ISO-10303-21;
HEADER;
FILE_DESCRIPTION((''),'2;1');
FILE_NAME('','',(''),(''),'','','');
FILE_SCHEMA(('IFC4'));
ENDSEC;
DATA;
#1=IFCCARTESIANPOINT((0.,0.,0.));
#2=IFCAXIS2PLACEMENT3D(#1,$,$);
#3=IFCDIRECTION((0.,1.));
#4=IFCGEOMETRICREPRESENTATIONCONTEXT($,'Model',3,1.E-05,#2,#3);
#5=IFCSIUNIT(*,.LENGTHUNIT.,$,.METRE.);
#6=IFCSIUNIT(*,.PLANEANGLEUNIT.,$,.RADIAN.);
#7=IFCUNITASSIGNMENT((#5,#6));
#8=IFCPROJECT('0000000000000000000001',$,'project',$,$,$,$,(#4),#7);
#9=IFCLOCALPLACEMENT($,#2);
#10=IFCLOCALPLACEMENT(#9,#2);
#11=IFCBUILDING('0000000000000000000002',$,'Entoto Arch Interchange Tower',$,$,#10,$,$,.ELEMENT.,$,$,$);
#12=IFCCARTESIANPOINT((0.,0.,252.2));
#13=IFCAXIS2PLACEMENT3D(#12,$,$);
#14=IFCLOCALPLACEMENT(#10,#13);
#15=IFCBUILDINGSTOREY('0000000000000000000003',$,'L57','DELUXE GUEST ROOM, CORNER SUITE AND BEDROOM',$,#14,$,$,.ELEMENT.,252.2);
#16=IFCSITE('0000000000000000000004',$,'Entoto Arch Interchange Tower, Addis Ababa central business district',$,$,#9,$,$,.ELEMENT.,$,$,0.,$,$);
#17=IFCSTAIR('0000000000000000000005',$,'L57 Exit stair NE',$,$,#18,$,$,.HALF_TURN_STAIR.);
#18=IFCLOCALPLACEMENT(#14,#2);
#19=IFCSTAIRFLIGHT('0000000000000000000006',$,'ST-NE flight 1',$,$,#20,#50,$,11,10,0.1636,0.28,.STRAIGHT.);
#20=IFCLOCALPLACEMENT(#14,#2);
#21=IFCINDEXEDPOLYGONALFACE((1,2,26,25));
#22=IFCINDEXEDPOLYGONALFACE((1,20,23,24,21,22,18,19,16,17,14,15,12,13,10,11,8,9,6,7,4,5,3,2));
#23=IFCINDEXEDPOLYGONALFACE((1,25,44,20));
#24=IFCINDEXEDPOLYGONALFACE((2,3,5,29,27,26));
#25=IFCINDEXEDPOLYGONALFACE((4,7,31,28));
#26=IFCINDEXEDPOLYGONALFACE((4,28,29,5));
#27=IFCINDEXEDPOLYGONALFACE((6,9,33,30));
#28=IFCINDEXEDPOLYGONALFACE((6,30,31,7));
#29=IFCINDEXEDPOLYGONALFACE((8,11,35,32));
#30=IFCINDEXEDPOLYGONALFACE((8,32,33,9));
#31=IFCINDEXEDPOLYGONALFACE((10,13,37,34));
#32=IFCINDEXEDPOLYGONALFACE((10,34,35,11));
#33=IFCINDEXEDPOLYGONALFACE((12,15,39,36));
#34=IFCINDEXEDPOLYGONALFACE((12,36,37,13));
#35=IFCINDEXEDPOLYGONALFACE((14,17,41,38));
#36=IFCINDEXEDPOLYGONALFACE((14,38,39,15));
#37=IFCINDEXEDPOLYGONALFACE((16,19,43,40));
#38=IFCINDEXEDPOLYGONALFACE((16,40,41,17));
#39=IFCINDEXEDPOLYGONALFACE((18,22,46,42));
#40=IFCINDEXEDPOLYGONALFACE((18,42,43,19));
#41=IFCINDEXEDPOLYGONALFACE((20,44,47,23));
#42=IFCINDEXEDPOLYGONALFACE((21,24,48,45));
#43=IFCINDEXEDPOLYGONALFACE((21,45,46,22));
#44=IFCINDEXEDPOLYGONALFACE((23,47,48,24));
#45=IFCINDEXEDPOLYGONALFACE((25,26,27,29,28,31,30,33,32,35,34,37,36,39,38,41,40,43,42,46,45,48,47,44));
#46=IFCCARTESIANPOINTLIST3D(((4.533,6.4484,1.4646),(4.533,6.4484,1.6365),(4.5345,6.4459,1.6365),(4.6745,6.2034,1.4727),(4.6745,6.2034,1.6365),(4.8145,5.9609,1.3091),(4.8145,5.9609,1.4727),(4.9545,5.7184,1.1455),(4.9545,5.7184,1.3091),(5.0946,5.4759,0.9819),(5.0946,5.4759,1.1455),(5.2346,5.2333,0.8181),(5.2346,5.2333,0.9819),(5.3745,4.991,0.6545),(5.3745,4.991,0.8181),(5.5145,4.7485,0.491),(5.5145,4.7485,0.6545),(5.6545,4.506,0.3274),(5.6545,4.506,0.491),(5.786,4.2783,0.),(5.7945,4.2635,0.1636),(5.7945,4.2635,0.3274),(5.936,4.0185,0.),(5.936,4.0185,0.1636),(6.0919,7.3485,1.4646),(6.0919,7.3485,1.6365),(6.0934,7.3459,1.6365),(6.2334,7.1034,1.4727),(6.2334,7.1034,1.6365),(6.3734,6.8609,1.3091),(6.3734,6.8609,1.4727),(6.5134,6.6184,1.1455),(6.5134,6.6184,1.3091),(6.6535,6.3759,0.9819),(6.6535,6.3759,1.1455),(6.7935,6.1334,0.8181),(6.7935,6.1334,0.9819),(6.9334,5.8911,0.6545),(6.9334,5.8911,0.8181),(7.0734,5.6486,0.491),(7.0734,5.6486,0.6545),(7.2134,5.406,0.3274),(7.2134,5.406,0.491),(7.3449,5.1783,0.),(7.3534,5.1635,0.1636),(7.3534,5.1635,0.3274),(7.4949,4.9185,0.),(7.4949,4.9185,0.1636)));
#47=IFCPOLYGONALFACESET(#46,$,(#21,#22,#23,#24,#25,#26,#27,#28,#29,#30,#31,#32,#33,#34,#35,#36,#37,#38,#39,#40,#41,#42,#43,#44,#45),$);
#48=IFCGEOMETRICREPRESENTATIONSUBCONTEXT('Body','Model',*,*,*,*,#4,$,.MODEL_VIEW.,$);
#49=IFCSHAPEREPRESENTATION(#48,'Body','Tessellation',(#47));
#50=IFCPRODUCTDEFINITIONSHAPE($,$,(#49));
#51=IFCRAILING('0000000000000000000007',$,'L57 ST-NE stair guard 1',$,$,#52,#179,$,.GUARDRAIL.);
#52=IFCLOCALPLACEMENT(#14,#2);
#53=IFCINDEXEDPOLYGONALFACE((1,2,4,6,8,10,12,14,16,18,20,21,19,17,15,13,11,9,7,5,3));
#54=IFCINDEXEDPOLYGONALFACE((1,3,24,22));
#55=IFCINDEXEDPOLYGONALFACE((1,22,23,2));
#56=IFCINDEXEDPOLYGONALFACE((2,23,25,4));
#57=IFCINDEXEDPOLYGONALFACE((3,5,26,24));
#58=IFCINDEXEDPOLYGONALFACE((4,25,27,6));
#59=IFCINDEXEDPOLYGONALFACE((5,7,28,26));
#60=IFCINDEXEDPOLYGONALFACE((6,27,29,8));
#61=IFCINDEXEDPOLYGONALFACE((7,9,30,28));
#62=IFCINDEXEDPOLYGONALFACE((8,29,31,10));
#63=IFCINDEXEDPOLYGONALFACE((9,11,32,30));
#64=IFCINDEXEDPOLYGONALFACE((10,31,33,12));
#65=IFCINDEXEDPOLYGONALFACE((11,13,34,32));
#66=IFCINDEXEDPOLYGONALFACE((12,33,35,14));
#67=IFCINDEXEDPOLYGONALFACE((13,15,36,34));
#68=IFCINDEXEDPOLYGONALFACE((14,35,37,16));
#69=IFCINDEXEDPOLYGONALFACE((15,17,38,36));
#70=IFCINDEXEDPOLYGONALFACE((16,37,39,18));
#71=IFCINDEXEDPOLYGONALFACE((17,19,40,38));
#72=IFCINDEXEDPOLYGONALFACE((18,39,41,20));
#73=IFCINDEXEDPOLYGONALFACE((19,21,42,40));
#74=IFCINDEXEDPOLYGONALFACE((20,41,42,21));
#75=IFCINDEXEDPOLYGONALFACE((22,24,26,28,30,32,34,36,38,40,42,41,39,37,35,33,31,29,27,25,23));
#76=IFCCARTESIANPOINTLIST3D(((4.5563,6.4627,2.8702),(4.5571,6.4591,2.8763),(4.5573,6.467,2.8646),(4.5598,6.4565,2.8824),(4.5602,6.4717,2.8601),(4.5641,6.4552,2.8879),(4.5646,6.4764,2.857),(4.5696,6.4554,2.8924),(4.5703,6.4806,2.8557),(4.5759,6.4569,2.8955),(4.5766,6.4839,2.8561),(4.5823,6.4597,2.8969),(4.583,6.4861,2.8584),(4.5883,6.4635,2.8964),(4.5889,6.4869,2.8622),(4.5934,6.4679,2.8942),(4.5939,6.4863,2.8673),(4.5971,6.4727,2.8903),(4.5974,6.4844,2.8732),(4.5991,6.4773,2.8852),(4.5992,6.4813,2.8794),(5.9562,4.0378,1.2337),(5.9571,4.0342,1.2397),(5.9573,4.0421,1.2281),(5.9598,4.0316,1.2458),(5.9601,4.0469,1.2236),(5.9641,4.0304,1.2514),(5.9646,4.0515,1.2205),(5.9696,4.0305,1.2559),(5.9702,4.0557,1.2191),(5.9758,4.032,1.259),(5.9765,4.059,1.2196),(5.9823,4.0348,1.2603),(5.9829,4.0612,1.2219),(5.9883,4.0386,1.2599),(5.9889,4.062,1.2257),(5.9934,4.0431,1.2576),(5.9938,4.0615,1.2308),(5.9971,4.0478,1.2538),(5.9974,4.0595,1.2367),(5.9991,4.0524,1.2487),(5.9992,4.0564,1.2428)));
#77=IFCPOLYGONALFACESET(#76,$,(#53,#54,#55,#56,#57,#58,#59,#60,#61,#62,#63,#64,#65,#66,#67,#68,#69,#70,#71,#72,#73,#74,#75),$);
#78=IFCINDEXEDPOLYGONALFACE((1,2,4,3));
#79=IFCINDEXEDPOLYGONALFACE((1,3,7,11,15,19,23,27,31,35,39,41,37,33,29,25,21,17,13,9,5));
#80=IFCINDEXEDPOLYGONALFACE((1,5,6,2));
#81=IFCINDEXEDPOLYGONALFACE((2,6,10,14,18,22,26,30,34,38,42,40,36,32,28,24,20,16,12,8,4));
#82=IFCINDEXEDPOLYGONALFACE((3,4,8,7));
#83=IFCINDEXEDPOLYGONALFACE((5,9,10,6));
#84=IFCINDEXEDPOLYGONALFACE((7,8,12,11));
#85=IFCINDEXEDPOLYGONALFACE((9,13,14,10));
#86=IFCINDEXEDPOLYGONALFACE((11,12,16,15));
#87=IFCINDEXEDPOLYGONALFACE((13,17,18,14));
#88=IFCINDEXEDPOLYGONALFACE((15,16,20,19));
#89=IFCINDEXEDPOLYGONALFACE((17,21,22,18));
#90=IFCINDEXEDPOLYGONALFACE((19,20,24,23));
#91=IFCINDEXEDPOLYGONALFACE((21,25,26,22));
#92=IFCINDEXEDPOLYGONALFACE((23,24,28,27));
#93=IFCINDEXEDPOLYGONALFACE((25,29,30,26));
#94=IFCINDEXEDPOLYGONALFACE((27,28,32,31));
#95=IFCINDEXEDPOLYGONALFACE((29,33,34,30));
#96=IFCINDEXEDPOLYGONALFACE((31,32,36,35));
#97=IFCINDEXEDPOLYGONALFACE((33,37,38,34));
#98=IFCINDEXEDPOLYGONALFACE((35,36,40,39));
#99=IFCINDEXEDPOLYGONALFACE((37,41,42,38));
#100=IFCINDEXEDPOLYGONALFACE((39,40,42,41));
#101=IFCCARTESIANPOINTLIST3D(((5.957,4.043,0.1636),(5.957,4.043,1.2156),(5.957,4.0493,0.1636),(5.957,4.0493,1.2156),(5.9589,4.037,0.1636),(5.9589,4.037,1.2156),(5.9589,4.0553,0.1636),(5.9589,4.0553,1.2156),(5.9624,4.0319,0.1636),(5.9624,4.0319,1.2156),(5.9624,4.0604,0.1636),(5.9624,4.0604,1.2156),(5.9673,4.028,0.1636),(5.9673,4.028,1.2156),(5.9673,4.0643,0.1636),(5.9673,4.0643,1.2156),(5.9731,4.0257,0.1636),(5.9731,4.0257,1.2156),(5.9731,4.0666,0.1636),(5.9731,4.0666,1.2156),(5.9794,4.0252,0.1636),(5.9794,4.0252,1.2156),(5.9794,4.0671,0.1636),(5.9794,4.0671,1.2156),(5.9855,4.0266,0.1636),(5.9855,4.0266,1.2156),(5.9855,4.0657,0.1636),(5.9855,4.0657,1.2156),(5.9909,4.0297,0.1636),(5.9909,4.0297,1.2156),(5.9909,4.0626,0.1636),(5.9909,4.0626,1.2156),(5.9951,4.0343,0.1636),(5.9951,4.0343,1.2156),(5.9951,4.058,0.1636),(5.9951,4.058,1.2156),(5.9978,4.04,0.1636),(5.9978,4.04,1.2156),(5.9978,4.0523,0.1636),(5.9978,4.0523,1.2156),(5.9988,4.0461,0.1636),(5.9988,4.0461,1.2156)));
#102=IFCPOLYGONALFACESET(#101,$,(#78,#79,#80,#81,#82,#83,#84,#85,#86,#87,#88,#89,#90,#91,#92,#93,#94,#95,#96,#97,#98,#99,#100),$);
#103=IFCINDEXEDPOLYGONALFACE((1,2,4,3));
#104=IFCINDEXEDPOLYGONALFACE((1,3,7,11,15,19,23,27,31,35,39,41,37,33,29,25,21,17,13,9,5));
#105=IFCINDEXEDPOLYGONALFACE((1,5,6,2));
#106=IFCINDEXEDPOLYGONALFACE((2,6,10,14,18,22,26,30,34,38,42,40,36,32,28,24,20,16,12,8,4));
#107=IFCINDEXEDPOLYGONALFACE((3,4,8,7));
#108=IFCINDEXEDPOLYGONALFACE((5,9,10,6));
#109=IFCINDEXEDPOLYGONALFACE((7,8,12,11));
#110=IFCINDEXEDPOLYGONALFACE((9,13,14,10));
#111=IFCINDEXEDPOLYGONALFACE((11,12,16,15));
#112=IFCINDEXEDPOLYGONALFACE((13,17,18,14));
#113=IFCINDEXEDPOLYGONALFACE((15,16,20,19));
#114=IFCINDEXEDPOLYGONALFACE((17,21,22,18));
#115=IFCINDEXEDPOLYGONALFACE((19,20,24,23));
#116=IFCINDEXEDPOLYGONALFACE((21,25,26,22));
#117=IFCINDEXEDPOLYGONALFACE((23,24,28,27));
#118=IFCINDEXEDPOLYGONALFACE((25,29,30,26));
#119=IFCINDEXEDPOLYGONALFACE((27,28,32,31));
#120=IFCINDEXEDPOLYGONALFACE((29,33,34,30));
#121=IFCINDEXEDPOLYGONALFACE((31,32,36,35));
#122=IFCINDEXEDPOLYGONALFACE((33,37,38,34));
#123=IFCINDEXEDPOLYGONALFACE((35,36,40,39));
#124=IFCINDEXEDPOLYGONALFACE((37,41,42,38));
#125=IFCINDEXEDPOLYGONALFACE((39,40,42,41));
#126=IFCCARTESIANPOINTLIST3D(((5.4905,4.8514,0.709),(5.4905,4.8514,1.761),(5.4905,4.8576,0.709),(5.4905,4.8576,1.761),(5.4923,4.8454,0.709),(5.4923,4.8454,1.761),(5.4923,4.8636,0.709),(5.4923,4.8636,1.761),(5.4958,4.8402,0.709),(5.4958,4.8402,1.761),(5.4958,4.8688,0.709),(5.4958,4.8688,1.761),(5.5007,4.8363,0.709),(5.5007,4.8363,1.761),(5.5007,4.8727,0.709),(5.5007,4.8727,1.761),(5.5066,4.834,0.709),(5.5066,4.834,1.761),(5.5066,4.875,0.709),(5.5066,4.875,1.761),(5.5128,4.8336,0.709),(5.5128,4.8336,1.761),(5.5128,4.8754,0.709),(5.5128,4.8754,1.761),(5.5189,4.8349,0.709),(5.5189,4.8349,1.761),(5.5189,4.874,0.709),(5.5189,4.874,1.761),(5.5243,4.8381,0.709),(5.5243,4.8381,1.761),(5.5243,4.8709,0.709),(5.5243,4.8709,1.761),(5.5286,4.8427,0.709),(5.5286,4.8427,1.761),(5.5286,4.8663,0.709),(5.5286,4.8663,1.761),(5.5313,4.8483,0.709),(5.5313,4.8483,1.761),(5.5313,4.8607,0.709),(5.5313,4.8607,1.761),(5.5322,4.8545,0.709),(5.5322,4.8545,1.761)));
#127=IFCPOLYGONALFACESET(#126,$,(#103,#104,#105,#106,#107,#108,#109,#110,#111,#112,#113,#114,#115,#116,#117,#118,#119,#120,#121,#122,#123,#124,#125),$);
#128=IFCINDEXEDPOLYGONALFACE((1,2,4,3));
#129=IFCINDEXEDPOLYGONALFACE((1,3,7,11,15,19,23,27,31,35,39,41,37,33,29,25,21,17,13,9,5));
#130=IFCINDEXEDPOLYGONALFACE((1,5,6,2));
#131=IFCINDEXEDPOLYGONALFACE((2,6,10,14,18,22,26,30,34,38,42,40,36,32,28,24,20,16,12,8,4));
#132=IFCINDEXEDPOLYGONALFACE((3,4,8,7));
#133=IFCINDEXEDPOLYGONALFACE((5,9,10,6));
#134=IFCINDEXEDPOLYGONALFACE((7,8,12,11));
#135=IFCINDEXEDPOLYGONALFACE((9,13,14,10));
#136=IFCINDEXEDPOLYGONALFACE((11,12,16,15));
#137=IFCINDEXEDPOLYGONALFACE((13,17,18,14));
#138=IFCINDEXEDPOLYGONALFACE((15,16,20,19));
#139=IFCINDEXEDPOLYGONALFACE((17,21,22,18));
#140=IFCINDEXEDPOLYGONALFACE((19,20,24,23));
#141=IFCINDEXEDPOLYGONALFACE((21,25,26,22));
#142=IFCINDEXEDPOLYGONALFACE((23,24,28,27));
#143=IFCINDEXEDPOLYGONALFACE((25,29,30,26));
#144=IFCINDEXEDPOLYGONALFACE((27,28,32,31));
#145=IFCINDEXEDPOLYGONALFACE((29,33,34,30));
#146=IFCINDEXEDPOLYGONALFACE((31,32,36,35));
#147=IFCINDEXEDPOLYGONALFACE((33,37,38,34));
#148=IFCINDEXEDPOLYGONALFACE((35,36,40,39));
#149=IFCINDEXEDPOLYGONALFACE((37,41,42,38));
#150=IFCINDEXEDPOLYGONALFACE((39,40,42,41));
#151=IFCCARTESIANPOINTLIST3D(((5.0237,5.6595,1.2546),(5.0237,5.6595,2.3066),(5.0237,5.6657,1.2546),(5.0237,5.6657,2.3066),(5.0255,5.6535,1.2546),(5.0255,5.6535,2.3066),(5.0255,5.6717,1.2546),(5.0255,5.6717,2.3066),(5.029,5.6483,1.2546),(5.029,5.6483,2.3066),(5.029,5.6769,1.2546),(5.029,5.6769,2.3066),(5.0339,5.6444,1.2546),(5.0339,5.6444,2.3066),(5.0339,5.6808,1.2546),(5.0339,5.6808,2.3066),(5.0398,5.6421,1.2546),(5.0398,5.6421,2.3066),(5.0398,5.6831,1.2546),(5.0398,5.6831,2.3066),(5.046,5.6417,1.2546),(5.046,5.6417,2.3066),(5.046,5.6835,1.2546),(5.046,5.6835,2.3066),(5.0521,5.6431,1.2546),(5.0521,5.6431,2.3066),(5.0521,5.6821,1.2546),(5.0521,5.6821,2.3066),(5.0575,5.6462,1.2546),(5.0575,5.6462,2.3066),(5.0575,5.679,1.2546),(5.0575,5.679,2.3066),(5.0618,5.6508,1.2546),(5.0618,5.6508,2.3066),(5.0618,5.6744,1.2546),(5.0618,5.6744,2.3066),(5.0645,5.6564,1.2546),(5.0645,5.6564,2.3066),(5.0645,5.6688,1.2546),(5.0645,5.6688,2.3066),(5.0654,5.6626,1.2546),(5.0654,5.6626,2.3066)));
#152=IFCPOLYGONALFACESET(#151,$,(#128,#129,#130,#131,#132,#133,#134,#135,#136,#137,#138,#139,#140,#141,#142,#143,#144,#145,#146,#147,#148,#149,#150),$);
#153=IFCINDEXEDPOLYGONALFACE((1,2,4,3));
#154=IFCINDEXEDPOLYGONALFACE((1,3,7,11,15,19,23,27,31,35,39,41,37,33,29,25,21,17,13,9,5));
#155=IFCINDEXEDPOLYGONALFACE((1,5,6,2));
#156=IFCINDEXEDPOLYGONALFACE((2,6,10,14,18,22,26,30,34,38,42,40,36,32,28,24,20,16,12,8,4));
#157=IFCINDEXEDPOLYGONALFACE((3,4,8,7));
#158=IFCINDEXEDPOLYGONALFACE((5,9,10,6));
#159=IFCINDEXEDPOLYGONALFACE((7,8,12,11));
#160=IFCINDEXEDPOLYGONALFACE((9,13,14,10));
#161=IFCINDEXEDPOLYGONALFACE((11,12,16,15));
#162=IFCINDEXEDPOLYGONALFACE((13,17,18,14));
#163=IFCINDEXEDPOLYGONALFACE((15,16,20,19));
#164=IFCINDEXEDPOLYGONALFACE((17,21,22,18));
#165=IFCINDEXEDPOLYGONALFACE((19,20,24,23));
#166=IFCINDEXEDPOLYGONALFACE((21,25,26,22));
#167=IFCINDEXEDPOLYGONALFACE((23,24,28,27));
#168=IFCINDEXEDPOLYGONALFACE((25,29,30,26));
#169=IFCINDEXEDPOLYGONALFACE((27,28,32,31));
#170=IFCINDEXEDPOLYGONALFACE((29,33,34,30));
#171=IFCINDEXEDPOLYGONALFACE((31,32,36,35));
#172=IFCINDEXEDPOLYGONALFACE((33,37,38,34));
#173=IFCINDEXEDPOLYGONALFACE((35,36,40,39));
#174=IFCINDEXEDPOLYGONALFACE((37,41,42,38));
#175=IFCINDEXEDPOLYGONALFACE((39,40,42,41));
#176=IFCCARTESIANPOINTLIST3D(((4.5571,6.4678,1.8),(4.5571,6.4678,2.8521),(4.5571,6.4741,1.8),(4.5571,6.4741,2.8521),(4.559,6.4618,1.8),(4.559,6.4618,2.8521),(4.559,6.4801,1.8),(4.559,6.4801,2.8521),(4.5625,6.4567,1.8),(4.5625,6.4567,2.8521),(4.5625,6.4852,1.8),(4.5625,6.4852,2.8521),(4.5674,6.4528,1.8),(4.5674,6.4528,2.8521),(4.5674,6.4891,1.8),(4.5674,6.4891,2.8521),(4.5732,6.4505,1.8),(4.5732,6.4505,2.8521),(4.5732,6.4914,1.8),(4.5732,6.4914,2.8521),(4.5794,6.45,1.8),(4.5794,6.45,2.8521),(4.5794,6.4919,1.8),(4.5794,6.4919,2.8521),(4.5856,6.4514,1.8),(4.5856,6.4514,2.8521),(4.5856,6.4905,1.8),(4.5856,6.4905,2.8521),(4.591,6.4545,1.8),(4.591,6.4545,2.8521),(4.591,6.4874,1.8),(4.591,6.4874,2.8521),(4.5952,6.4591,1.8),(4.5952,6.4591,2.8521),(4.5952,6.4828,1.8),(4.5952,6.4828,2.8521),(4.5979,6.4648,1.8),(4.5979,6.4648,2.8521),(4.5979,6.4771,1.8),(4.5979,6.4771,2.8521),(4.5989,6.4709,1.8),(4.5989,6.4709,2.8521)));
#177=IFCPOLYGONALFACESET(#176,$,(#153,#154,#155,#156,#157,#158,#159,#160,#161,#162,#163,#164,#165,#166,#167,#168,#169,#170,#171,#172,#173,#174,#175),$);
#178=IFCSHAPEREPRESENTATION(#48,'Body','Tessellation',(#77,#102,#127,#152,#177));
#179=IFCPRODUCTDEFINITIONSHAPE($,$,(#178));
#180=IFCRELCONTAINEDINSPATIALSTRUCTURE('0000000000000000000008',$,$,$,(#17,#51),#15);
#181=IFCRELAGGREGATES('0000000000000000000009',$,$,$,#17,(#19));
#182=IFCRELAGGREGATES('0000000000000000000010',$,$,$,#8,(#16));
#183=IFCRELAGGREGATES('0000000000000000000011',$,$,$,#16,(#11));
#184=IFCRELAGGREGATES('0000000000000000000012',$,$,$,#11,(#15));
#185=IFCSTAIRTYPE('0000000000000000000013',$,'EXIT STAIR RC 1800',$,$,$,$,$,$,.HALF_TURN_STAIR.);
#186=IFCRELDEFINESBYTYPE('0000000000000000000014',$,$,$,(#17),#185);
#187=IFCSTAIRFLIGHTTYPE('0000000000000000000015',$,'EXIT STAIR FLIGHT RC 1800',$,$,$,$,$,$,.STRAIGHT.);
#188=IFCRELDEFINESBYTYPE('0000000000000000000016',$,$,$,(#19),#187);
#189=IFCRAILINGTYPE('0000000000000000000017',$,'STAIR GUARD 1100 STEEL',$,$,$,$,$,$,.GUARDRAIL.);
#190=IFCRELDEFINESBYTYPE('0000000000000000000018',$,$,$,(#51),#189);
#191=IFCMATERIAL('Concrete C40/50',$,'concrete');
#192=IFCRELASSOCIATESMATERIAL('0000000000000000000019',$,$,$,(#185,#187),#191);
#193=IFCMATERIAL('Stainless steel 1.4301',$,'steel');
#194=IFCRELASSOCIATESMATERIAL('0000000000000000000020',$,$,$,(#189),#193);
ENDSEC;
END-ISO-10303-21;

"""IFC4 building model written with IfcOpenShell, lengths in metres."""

from ifc_helpers import new_model, si_unit, direction, frame, origin, origin_2d, place, context, subcontext, project, spatial, polyline, circle, outline, extrude, material, type_object, element, aggregate, save


model = new_model("IFC4")

# Units and contexts
model_context = context("Model", 3, precision=1e-05, world=origin(), true_north=direction((0.0, 1.0)))
body_context = subcontext(model_context, "Body", "Model", "MODEL_VIEW")
ifc_project = project(units=[si_unit("LENGTHUNIT", "METRE"), si_unit("PLANEANGLEUNIT", "RADIAN")], contexts=[model_context])

# Site, building, storey
site_placement = place(None, origin())
site = spatial("IfcSite", under=ifc_project, at=site_placement, Name="Entoto Arch Interchange Tower, Addis Ababa central business district", CompositionType="ELEMENT", RefElevation=0.0)
building_placement = place(site_placement, origin())
building = spatial("IfcBuilding", under=site, at=building_placement, Name="Entoto Arch Interchange Tower", CompositionType="ELEMENT")
storey_placement = place(building_placement, frame((0.0, 0.0, 252.2)))
storey = spatial("IfcBuildingStorey", under=building, at=storey_placement, Name="L57", Description="DELUXE GUEST ROOM, CORNER SUITE AND BEDROOM", CompositionType="ELEMENT", Elevation=252.2)

# Shared definitions
ifc_material_1 = material(Name="Concrete C40/50", Category="concrete")

# Stair, stair flight
stair_type = type_object("IfcStairType", Name="EXIT STAIR RC 1800", PredefinedType="HALF_TURN_STAIR", material=ifc_material_1)
stair_placement = place(storey_placement, origin())
stair = element("IfcStair", 1, at=stair_placement, inside=storey, type_object=stair_type, Name="L57 Exit stair NE", PredefinedType="HALF_TURN_STAIR")
stair_flight_type = type_object("IfcStairFlightType", Name="EXIT STAIR FLIGHT RC 1800", PredefinedType="STRAIGHT", material=ifc_material_1)
stair_flight_placement = place(storey_placement, frame((6.7139, 4.4709, 0.0), z_axis=(0.0, 0.0, 1.0), x_axis=(-0.5, 0.866025, 0.0)))
stair_flight = element("IfcStairFlight", 2, at=stair_flight_placement, type_object=stair_flight_type, Name="ST-NE flight 1", NumberOfRisers=11, NumberOfTreads=10, PredefinedType="STRAIGHT", RiserHeight=0.1636, TreadLength=0.28, context=body_context, shape_type="SweptSolid", body=[
    extrude(outline(polyline([(-0.0029, 0.0), (-0.0029, 0.1636), (0.28, 0.1636), (0.28, 0.3274), (0.5601, 0.3274), (0.5601, 0.491), (0.8401, 0.491), (0.8401, 0.6545), (1.1201, 0.6545), (1.1201, 0.8181), (1.3999, 0.8181), (1.3999, 0.9819), (1.6799, 0.9819), (1.6799, 1.1455), (1.96, 1.1455), (1.96, 1.3091), (2.24, 1.3091), (2.24, 1.4727), (2.52, 1.4727), (2.52, 1.6365), (2.8, 1.6365), (2.803, 1.6365), (2.803, 1.4646), (0.2971, 0.0), (-0.0029, 0.0)])), frame((0.0, 0.8999, 0.0), z_axis=(0.0, -1.0, 0.0), x_axis=(1.0, 0.0, 0.0)), (0.0, 0.0, 1.0), 1.8),
])
aggregate(stair, [stair_flight])

# Railing
ifc_material_2 = material(Name="Stainless steel 1.4301", Category="steel")
railing_type_1 = type_object("IfcRailingType", Name="STAIR GUARD 1100 STEEL", PredefinedType="GUARDRAIL", material=ifc_material_2)
railing_1_placement = place(storey_placement, frame((5.9778, 4.0461, 0.1636)))
element("IfcRailing", 3, at=railing_1_placement, inside=storey, type_object=railing_type_1, Name="L57 ST-NE stair guard 1", PredefinedType="GUARDRAIL", context=body_context, shape_type="SweptSolid", body=[
    extrude(circle(Radius=0.0239, at=origin_2d()), frame((0.0, 0.0, 1.0762), z_axis=(-0.431661, 0.74769, 0.504608), x_axis=(-0.866035, -0.499984, 0.0)), (0.0, 0.0, 1.0), 3.2432),
    extrude(circle(Radius=0.021, at=origin_2d()), origin(), (0.0, 0.0, 1.0), 1.052),
    extrude(circle(Radius=0.021, at=origin_2d()), frame((-0.4666, 0.8083, 0.5454)), (0.0, 0.0, 1.0), 1.052),
    extrude(circle(Radius=0.021, at=origin_2d()), frame((-0.9333, 1.6165, 1.0911)), (0.0, 0.0, 1.0), 1.052),
    extrude(circle(Radius=0.021, at=origin_2d()), frame((-1.3999, 2.4248, 1.6365)), (0.0, 0.0, 1.0), 1.052),
])

save(model, "model.ifc")
